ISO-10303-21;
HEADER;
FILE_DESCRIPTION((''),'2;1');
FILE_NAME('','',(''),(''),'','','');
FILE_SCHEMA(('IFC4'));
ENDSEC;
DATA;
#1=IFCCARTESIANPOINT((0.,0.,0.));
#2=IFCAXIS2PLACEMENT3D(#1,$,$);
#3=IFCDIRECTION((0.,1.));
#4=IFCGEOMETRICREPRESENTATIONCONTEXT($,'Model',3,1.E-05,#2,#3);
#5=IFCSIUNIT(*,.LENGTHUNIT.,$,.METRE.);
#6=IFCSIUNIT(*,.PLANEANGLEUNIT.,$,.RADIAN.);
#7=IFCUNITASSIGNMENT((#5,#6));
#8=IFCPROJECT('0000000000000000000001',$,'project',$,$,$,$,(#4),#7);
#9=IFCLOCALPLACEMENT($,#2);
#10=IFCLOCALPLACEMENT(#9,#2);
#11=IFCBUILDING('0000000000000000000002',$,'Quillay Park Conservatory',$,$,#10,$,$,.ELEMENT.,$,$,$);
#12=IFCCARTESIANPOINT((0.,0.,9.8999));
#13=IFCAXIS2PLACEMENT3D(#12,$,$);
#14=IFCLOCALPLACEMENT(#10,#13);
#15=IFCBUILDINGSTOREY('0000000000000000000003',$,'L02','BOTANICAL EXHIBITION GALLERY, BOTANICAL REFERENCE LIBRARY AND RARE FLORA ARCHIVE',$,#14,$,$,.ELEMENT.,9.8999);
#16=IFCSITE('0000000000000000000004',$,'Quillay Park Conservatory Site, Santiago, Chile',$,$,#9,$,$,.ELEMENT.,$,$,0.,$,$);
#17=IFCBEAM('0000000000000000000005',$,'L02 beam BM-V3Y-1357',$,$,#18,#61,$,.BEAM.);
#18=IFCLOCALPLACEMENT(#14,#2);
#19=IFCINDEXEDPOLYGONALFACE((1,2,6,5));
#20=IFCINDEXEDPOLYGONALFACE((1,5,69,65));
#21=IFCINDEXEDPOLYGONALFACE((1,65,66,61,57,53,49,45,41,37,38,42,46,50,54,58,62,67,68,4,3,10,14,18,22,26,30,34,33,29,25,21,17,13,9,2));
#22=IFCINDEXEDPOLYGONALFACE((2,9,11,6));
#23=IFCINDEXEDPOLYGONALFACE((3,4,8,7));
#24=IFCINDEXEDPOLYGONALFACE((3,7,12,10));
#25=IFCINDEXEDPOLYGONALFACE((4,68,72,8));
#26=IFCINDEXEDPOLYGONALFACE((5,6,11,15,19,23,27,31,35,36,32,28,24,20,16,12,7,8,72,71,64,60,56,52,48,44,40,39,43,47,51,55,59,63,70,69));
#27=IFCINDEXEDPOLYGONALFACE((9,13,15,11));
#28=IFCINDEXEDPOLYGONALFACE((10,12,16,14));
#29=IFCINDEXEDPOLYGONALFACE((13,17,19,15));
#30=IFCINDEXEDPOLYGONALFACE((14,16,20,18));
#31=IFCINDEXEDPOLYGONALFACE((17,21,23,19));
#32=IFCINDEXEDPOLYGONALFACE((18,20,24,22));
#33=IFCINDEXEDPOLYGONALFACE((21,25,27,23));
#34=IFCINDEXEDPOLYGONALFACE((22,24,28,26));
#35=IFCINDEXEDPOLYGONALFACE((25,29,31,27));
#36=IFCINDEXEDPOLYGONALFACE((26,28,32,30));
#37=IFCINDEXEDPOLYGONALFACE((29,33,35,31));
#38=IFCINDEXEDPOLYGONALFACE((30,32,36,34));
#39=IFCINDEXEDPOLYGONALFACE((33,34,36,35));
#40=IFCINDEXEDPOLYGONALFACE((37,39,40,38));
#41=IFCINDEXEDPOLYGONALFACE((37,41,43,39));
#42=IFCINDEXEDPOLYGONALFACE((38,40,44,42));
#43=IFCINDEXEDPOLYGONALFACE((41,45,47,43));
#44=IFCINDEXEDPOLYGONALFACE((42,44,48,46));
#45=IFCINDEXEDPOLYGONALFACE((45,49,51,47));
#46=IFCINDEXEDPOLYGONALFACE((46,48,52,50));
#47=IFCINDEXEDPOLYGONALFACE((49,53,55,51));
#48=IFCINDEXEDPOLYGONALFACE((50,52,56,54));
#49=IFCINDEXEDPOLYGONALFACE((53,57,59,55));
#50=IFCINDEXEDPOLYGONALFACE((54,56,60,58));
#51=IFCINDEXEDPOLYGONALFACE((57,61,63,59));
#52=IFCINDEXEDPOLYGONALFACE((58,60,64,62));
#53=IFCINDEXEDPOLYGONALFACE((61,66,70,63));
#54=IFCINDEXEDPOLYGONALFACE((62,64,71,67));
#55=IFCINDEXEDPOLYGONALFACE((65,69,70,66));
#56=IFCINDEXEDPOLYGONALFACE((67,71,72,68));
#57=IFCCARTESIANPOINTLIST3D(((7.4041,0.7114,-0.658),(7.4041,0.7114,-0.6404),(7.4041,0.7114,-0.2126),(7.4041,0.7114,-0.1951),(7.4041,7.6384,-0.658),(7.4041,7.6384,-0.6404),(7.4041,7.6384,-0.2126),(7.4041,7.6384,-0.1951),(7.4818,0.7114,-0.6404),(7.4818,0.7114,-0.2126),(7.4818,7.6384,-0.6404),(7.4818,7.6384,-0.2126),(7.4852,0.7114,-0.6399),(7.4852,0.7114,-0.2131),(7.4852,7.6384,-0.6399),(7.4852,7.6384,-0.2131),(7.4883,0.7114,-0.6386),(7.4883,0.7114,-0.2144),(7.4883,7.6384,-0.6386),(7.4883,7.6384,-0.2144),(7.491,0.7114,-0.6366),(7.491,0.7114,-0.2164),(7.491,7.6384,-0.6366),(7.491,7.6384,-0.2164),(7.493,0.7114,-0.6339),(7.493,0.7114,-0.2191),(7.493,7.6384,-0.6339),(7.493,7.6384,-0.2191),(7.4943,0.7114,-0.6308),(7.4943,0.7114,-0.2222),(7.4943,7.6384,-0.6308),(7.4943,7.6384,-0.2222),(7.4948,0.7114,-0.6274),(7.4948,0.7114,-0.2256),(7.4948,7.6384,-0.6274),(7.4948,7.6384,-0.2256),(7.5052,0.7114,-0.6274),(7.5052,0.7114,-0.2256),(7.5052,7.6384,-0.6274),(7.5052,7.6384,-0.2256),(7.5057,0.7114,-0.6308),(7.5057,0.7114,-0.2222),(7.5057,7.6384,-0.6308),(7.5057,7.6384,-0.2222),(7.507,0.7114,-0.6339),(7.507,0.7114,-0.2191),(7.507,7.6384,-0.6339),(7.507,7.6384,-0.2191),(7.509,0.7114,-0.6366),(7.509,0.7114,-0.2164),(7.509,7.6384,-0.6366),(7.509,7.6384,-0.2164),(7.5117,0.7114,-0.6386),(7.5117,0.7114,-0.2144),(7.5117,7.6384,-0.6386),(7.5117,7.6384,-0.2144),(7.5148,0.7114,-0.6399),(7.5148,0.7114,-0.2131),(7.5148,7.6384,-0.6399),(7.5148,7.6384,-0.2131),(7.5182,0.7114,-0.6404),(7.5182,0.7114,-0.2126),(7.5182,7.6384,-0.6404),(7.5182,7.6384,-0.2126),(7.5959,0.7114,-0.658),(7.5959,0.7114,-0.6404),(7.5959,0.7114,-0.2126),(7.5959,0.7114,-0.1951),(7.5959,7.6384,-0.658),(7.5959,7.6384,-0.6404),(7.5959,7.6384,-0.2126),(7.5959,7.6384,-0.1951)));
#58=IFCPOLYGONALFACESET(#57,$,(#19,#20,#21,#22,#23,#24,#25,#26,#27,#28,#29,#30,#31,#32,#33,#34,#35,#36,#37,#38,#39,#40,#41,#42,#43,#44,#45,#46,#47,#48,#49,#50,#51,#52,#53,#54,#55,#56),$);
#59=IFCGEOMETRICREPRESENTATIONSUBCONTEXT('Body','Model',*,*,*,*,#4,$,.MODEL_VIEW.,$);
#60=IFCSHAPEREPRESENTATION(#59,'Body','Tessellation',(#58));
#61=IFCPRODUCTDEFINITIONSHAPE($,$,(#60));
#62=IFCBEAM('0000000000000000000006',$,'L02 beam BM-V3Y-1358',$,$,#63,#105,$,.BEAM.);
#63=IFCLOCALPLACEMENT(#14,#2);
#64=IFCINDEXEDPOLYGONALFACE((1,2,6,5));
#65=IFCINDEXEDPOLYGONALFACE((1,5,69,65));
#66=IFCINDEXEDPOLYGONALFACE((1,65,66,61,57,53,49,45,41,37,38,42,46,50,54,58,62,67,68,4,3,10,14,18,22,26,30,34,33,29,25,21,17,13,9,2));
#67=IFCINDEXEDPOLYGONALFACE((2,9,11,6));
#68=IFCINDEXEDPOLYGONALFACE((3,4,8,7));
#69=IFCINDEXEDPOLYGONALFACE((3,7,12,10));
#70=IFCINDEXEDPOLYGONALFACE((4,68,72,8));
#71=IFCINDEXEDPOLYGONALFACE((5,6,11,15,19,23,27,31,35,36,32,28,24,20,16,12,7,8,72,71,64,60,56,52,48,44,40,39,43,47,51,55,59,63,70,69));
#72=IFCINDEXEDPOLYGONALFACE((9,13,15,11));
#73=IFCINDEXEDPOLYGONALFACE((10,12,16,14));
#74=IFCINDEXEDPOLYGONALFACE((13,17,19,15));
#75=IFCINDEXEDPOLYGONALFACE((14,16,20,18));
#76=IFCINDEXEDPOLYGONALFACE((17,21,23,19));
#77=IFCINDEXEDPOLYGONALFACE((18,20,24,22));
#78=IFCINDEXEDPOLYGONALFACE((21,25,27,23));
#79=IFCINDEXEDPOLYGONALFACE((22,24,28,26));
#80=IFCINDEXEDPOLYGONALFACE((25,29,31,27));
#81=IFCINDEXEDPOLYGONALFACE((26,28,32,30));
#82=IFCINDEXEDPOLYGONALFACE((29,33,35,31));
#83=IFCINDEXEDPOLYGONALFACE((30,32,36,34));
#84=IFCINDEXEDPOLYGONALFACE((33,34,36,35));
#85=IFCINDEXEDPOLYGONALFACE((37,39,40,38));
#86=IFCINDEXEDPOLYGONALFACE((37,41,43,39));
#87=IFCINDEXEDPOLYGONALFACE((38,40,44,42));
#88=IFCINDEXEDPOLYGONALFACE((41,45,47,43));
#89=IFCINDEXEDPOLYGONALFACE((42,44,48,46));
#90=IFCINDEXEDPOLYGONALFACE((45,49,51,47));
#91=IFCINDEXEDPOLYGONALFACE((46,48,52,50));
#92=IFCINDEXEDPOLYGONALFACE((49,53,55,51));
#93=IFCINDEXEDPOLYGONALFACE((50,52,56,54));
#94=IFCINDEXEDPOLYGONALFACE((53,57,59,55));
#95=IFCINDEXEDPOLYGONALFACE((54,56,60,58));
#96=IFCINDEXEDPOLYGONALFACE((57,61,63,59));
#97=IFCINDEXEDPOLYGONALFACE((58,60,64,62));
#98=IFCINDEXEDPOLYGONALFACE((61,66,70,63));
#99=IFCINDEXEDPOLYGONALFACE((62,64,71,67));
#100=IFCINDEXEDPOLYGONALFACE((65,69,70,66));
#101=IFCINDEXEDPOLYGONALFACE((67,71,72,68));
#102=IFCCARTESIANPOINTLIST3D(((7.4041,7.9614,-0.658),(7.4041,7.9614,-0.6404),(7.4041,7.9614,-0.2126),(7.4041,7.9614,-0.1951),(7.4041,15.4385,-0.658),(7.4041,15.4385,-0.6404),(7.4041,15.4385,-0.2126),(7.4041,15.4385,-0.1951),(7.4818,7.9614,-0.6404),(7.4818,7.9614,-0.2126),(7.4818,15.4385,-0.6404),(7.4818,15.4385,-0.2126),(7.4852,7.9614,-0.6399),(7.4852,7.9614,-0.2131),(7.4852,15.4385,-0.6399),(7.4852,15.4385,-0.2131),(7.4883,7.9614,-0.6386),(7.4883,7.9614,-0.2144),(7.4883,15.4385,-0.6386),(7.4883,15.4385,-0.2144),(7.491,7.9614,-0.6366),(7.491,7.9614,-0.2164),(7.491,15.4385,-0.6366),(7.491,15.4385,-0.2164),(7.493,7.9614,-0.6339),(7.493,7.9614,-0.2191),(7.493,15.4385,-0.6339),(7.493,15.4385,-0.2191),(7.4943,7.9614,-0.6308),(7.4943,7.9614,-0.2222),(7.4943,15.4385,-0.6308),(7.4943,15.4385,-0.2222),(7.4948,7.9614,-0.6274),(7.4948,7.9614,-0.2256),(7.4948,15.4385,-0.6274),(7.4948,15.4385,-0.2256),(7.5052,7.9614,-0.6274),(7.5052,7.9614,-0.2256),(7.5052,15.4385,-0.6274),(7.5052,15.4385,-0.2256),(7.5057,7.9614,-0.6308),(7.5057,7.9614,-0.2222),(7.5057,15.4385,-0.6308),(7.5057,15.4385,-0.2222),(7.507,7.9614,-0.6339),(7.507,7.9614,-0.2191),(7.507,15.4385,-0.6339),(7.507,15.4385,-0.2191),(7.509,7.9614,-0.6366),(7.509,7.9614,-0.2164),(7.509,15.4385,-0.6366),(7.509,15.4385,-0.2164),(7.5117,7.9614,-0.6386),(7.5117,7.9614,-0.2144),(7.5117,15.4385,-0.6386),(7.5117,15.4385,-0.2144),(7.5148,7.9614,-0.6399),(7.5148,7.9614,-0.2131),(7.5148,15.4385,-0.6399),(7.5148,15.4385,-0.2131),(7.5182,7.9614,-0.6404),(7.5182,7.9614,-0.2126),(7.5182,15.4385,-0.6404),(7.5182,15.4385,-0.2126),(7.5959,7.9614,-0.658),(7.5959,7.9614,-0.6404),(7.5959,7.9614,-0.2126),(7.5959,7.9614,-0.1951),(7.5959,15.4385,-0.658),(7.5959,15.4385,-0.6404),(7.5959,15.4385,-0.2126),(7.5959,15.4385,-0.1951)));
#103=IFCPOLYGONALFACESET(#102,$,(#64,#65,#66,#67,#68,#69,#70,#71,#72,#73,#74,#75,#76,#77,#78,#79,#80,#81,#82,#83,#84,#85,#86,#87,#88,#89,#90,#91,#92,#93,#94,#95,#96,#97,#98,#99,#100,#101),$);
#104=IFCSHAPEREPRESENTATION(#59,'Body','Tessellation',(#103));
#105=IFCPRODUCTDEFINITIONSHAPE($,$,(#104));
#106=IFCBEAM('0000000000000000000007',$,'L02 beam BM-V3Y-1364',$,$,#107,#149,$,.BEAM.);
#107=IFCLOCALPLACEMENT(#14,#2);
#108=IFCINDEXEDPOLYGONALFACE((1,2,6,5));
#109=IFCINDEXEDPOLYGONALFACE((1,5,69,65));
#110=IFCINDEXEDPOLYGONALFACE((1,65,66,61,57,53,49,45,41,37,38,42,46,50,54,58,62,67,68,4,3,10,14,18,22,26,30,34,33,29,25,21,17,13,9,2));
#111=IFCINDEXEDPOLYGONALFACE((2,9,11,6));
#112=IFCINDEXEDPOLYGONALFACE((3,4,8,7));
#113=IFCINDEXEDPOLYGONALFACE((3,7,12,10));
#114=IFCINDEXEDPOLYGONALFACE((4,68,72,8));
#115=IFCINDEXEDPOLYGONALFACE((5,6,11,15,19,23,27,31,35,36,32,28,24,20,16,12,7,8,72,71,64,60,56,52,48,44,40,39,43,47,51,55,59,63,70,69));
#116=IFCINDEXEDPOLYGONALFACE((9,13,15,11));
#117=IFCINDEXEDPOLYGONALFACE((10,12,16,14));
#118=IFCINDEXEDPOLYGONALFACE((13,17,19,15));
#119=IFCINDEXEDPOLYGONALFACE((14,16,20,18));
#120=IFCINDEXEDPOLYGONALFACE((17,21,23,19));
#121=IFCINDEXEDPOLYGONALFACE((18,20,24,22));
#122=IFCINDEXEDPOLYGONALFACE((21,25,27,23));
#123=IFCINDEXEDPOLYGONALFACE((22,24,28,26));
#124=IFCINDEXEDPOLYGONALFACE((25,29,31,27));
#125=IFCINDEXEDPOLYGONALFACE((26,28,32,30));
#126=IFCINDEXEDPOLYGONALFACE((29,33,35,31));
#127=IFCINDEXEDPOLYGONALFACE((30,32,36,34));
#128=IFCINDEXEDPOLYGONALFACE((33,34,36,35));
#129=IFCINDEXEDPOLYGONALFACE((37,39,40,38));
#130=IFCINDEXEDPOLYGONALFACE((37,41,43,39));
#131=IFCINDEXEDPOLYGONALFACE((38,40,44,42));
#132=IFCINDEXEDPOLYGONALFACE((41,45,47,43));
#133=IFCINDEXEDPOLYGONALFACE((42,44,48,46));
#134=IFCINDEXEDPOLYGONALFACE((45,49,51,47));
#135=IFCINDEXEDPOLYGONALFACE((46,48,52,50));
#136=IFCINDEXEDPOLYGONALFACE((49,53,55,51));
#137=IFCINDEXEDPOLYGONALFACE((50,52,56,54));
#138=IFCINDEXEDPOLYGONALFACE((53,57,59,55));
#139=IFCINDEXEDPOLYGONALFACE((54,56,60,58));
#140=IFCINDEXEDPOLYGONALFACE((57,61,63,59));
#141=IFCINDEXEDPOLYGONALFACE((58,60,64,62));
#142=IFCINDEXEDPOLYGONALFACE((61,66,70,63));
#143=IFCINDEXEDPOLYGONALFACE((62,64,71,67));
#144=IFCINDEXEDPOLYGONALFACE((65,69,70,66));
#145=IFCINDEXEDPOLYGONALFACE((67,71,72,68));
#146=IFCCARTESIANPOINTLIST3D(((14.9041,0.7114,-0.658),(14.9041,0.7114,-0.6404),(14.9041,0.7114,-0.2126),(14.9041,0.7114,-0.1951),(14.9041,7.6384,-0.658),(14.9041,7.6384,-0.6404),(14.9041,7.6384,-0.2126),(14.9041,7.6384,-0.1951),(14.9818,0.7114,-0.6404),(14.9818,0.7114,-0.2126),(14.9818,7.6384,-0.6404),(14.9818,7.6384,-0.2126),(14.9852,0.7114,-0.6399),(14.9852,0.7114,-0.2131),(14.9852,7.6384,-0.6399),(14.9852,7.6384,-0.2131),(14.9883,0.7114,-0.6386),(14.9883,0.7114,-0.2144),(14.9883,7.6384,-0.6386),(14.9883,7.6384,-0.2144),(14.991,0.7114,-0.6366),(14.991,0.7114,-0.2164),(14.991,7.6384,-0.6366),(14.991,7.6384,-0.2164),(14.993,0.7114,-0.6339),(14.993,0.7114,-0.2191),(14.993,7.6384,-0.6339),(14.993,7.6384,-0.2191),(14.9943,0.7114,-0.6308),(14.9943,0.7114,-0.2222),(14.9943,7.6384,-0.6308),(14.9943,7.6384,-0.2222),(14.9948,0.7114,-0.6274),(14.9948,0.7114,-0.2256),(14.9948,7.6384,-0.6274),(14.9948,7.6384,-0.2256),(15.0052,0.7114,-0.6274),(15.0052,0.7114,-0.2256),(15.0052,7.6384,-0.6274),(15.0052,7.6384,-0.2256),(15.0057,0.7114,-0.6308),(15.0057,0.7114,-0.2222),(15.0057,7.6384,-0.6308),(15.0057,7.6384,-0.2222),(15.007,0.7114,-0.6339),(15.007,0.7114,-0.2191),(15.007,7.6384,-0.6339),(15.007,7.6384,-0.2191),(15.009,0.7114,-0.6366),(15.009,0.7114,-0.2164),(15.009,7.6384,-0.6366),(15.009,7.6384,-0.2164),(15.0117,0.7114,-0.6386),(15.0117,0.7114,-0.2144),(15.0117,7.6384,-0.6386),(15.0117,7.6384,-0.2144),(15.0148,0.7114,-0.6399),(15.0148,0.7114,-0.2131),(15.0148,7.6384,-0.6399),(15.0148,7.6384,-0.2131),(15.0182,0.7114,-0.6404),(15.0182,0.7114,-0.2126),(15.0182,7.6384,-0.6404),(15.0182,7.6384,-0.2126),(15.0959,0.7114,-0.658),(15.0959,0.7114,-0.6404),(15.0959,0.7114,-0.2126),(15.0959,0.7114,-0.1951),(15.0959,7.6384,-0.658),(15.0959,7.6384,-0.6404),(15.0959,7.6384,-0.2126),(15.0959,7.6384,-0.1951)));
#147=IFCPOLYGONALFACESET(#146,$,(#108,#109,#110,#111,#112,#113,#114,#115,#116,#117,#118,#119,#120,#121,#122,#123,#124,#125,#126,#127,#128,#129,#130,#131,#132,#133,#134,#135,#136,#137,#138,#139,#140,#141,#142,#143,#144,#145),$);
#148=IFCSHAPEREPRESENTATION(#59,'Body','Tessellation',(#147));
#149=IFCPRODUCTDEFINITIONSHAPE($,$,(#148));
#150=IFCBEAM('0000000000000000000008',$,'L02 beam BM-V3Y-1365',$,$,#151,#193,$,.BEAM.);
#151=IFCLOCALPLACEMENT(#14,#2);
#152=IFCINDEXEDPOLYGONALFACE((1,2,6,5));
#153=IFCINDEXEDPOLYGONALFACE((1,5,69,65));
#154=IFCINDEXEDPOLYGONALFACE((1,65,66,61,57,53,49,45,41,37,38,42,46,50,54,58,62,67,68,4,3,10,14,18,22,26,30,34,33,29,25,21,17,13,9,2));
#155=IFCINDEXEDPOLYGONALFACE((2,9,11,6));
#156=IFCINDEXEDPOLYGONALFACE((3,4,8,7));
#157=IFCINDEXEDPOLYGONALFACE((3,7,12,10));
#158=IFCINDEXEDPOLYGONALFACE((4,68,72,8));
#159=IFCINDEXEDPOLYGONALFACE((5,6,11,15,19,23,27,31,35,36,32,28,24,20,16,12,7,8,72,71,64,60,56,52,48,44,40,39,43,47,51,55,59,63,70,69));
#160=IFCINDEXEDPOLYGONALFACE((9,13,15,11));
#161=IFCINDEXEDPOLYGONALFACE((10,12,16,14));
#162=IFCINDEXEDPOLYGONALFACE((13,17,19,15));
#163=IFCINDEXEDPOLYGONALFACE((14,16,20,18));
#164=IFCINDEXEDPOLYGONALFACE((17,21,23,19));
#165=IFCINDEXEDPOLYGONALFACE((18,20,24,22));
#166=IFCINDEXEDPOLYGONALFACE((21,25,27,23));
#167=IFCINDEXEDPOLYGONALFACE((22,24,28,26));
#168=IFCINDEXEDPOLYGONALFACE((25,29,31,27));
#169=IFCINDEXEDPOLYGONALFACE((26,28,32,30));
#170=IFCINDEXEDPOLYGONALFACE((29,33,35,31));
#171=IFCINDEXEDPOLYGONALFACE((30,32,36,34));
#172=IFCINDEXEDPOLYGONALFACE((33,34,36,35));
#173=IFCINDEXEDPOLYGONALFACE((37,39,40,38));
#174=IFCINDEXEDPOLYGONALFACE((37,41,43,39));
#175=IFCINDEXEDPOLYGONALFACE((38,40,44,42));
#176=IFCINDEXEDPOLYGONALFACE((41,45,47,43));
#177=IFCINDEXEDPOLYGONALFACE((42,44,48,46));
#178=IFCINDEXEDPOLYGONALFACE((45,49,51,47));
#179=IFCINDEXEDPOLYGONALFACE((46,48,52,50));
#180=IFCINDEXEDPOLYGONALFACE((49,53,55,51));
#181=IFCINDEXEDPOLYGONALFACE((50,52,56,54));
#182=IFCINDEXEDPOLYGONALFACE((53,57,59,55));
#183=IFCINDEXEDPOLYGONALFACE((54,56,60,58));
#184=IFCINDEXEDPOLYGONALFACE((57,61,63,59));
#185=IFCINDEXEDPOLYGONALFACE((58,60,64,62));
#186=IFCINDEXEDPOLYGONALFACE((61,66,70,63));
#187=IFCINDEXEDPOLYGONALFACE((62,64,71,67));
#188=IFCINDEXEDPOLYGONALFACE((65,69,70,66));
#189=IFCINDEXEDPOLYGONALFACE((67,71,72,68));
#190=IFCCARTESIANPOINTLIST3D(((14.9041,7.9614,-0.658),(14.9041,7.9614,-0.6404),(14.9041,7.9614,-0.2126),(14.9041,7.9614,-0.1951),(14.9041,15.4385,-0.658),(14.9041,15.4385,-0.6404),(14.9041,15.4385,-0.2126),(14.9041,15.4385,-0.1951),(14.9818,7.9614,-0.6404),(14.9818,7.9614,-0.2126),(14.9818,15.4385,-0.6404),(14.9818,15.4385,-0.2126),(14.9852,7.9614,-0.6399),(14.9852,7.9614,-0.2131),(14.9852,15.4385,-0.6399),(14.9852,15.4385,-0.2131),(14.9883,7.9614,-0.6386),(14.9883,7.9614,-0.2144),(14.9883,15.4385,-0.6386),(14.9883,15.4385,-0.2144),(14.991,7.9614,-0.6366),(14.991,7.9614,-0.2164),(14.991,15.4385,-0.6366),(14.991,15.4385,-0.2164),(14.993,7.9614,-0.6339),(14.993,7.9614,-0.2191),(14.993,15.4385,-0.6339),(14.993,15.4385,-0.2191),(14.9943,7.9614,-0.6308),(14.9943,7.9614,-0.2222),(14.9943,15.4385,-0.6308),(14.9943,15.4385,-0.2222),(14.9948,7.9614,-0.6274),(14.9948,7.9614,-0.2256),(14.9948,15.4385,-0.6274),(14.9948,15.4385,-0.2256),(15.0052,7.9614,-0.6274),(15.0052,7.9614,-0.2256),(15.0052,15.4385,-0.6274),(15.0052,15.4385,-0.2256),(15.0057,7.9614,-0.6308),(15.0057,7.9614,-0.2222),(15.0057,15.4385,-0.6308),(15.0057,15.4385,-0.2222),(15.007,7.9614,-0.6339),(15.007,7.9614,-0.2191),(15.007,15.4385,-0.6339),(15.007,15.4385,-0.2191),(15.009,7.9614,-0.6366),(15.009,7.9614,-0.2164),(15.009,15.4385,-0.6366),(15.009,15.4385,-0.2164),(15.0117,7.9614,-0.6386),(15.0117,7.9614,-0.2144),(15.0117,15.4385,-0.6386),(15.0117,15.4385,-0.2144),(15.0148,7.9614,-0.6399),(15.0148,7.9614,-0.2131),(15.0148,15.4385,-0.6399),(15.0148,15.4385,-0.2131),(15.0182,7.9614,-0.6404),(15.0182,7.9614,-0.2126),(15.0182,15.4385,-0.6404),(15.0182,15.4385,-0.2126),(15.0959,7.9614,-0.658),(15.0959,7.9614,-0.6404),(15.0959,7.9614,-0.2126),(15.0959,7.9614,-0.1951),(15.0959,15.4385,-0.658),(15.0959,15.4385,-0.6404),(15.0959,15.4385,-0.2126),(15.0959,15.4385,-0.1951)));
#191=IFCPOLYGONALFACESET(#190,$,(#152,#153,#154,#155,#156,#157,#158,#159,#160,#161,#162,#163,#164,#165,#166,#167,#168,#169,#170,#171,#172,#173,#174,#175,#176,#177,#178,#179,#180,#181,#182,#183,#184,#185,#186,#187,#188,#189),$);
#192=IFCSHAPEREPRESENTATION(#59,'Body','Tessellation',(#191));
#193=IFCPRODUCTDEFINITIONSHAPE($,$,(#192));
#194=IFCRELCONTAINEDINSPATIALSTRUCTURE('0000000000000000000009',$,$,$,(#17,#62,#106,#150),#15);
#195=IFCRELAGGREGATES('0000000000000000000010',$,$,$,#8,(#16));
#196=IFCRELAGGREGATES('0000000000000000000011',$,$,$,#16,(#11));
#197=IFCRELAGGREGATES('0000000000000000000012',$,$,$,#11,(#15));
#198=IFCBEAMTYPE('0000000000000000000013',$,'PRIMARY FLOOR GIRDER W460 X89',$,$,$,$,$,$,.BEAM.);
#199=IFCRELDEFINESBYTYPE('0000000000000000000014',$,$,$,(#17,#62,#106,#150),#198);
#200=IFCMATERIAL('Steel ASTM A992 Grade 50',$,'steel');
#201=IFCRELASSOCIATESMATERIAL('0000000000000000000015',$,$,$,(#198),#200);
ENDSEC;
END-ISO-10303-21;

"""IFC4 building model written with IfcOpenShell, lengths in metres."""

from ifc_helpers import new_model, si_unit, direction, frame, origin, origin_2d, place, context, subcontext, project, spatial, i_section, extrude, material, material_profile, profile_set, type_object, element, save


model = new_model("IFC4")

# Units and contexts
model_context = context("Model", 3, precision=1e-05, world=origin(), true_north=direction((0.0, 1.0)))
body_context = subcontext(model_context, "Body", "Model", "MODEL_VIEW")
ifc_project = project(units=[si_unit("LENGTHUNIT", "METRE"), si_unit("PLANEANGLEUNIT", "RADIAN")], contexts=[model_context])

# Site, building, storey
site_placement = place(None, origin())
site = spatial("IfcSite", under=ifc_project, at=site_placement, Name="Quillay Park Conservatory Site, Santiago, Chile", CompositionType="ELEMENT", RefElevation=0.0)
building_placement = place(site_placement, origin())
building = spatial("IfcBuilding", under=site, at=building_placement, Name="Quillay Park Conservatory", CompositionType="ELEMENT")
storey_placement = place(building_placement, frame((0.0, 0.0, 9.8999)))
storey = spatial("IfcBuildingStorey", under=building, at=storey_placement, Name="L02", Description="BOTANICAL EXHIBITION GALLERY, BOTANICAL REFERENCE LIBRARY AND RARE FLORA ARCHIVE", CompositionType="ELEMENT", Elevation=9.8999)

# Beams
ifc_material_1 = material(Name="Steel ASTM A992 Grade 50", Category="steel")
ifc_material_profile_1 = material_profile(ifc_material_1, i_section(OverallWidth=0.1919, OverallDepth=0.4629, WebThickness=0.0105, FlangeThickness=0.0176, FilletRadius=0.0129, at=origin_2d()), Name="W460x89")
ifc_profile_set_1 = profile_set([ifc_material_profile_1], Name="Steel ASTM A992 Grade 50")
beam_type_1 = type_object("IfcBeamType", Name="PRIMARY FLOOR GIRDER W460 X89", PredefinedType="BEAM", material=ifc_profile_set_1)
beam_1_placement = place(storey_placement, frame((7.5, 0.7114, -0.4265), z_axis=(0.0, 1.0, 0.0), x_axis=(-1.0, 0.0, 0.0)))
element("IfcBeam", 1, at=beam_1_placement, inside=storey, type_object=beam_type_1, Name="L02 beam BM-V3Y-1357", PredefinedType="BEAM", context=body_context, shape_type="SweptSolid", body=[
    extrude(i_section(OverallWidth=0.1919, OverallDepth=0.4629, WebThickness=0.0105, FlangeThickness=0.0176, FilletRadius=0.0129, at=origin_2d()), origin(), (0.0, 0.0, 1.0), 6.927),
])
beam_2_placement = place(storey_placement, frame((7.5, 7.9614, -0.4265), z_axis=(0.0, 1.0, 0.0), x_axis=(-1.0, 0.0, 0.0)))
element("IfcBeam", 2, at=beam_2_placement, inside=storey, type_object=beam_type_1, Name="L02 beam BM-V3Y-1358", PredefinedType="BEAM", context=body_context, shape_type="SweptSolid", body=[
    extrude(i_section(OverallWidth=0.1919, OverallDepth=0.4629, WebThickness=0.0105, FlangeThickness=0.0176, FilletRadius=0.0129, at=origin_2d()), origin(), (0.0, 0.0, 1.0), 7.4771),
])
beam_3_placement = place(storey_placement, frame((15.0, 0.7114, -0.4265), z_axis=(0.0, 1.0, 0.0), x_axis=(-1.0, 0.0, 0.0)))
element("IfcBeam", 3, at=beam_3_placement, inside=storey, type_object=beam_type_1, Name="L02 beam BM-V3Y-1364", PredefinedType="BEAM", context=body_context, shape_type="SweptSolid", body=[
    extrude(i_section(OverallWidth=0.1919, OverallDepth=0.4629, WebThickness=0.0105, FlangeThickness=0.0176, FilletRadius=0.0129, at=origin_2d()), origin(), (0.0, 0.0, 1.0), 6.927),
])
beam_4_placement = place(storey_placement, frame((15.0, 7.9614, -0.4265), z_axis=(0.0, 1.0, 0.0), x_axis=(-1.0, 0.0, 0.0)))
element("IfcBeam", 4, at=beam_4_placement, inside=storey, type_object=beam_type_1, Name="L02 beam BM-V3Y-1365", PredefinedType="BEAM", context=body_context, shape_type="SweptSolid", body=[
    extrude(i_section(OverallWidth=0.1919, OverallDepth=0.4629, WebThickness=0.0105, FlangeThickness=0.0176, FilletRadius=0.0129, at=origin_2d()), origin(), (0.0, 0.0, 1.0), 7.4771),
])

save(model, "model.ifc")
